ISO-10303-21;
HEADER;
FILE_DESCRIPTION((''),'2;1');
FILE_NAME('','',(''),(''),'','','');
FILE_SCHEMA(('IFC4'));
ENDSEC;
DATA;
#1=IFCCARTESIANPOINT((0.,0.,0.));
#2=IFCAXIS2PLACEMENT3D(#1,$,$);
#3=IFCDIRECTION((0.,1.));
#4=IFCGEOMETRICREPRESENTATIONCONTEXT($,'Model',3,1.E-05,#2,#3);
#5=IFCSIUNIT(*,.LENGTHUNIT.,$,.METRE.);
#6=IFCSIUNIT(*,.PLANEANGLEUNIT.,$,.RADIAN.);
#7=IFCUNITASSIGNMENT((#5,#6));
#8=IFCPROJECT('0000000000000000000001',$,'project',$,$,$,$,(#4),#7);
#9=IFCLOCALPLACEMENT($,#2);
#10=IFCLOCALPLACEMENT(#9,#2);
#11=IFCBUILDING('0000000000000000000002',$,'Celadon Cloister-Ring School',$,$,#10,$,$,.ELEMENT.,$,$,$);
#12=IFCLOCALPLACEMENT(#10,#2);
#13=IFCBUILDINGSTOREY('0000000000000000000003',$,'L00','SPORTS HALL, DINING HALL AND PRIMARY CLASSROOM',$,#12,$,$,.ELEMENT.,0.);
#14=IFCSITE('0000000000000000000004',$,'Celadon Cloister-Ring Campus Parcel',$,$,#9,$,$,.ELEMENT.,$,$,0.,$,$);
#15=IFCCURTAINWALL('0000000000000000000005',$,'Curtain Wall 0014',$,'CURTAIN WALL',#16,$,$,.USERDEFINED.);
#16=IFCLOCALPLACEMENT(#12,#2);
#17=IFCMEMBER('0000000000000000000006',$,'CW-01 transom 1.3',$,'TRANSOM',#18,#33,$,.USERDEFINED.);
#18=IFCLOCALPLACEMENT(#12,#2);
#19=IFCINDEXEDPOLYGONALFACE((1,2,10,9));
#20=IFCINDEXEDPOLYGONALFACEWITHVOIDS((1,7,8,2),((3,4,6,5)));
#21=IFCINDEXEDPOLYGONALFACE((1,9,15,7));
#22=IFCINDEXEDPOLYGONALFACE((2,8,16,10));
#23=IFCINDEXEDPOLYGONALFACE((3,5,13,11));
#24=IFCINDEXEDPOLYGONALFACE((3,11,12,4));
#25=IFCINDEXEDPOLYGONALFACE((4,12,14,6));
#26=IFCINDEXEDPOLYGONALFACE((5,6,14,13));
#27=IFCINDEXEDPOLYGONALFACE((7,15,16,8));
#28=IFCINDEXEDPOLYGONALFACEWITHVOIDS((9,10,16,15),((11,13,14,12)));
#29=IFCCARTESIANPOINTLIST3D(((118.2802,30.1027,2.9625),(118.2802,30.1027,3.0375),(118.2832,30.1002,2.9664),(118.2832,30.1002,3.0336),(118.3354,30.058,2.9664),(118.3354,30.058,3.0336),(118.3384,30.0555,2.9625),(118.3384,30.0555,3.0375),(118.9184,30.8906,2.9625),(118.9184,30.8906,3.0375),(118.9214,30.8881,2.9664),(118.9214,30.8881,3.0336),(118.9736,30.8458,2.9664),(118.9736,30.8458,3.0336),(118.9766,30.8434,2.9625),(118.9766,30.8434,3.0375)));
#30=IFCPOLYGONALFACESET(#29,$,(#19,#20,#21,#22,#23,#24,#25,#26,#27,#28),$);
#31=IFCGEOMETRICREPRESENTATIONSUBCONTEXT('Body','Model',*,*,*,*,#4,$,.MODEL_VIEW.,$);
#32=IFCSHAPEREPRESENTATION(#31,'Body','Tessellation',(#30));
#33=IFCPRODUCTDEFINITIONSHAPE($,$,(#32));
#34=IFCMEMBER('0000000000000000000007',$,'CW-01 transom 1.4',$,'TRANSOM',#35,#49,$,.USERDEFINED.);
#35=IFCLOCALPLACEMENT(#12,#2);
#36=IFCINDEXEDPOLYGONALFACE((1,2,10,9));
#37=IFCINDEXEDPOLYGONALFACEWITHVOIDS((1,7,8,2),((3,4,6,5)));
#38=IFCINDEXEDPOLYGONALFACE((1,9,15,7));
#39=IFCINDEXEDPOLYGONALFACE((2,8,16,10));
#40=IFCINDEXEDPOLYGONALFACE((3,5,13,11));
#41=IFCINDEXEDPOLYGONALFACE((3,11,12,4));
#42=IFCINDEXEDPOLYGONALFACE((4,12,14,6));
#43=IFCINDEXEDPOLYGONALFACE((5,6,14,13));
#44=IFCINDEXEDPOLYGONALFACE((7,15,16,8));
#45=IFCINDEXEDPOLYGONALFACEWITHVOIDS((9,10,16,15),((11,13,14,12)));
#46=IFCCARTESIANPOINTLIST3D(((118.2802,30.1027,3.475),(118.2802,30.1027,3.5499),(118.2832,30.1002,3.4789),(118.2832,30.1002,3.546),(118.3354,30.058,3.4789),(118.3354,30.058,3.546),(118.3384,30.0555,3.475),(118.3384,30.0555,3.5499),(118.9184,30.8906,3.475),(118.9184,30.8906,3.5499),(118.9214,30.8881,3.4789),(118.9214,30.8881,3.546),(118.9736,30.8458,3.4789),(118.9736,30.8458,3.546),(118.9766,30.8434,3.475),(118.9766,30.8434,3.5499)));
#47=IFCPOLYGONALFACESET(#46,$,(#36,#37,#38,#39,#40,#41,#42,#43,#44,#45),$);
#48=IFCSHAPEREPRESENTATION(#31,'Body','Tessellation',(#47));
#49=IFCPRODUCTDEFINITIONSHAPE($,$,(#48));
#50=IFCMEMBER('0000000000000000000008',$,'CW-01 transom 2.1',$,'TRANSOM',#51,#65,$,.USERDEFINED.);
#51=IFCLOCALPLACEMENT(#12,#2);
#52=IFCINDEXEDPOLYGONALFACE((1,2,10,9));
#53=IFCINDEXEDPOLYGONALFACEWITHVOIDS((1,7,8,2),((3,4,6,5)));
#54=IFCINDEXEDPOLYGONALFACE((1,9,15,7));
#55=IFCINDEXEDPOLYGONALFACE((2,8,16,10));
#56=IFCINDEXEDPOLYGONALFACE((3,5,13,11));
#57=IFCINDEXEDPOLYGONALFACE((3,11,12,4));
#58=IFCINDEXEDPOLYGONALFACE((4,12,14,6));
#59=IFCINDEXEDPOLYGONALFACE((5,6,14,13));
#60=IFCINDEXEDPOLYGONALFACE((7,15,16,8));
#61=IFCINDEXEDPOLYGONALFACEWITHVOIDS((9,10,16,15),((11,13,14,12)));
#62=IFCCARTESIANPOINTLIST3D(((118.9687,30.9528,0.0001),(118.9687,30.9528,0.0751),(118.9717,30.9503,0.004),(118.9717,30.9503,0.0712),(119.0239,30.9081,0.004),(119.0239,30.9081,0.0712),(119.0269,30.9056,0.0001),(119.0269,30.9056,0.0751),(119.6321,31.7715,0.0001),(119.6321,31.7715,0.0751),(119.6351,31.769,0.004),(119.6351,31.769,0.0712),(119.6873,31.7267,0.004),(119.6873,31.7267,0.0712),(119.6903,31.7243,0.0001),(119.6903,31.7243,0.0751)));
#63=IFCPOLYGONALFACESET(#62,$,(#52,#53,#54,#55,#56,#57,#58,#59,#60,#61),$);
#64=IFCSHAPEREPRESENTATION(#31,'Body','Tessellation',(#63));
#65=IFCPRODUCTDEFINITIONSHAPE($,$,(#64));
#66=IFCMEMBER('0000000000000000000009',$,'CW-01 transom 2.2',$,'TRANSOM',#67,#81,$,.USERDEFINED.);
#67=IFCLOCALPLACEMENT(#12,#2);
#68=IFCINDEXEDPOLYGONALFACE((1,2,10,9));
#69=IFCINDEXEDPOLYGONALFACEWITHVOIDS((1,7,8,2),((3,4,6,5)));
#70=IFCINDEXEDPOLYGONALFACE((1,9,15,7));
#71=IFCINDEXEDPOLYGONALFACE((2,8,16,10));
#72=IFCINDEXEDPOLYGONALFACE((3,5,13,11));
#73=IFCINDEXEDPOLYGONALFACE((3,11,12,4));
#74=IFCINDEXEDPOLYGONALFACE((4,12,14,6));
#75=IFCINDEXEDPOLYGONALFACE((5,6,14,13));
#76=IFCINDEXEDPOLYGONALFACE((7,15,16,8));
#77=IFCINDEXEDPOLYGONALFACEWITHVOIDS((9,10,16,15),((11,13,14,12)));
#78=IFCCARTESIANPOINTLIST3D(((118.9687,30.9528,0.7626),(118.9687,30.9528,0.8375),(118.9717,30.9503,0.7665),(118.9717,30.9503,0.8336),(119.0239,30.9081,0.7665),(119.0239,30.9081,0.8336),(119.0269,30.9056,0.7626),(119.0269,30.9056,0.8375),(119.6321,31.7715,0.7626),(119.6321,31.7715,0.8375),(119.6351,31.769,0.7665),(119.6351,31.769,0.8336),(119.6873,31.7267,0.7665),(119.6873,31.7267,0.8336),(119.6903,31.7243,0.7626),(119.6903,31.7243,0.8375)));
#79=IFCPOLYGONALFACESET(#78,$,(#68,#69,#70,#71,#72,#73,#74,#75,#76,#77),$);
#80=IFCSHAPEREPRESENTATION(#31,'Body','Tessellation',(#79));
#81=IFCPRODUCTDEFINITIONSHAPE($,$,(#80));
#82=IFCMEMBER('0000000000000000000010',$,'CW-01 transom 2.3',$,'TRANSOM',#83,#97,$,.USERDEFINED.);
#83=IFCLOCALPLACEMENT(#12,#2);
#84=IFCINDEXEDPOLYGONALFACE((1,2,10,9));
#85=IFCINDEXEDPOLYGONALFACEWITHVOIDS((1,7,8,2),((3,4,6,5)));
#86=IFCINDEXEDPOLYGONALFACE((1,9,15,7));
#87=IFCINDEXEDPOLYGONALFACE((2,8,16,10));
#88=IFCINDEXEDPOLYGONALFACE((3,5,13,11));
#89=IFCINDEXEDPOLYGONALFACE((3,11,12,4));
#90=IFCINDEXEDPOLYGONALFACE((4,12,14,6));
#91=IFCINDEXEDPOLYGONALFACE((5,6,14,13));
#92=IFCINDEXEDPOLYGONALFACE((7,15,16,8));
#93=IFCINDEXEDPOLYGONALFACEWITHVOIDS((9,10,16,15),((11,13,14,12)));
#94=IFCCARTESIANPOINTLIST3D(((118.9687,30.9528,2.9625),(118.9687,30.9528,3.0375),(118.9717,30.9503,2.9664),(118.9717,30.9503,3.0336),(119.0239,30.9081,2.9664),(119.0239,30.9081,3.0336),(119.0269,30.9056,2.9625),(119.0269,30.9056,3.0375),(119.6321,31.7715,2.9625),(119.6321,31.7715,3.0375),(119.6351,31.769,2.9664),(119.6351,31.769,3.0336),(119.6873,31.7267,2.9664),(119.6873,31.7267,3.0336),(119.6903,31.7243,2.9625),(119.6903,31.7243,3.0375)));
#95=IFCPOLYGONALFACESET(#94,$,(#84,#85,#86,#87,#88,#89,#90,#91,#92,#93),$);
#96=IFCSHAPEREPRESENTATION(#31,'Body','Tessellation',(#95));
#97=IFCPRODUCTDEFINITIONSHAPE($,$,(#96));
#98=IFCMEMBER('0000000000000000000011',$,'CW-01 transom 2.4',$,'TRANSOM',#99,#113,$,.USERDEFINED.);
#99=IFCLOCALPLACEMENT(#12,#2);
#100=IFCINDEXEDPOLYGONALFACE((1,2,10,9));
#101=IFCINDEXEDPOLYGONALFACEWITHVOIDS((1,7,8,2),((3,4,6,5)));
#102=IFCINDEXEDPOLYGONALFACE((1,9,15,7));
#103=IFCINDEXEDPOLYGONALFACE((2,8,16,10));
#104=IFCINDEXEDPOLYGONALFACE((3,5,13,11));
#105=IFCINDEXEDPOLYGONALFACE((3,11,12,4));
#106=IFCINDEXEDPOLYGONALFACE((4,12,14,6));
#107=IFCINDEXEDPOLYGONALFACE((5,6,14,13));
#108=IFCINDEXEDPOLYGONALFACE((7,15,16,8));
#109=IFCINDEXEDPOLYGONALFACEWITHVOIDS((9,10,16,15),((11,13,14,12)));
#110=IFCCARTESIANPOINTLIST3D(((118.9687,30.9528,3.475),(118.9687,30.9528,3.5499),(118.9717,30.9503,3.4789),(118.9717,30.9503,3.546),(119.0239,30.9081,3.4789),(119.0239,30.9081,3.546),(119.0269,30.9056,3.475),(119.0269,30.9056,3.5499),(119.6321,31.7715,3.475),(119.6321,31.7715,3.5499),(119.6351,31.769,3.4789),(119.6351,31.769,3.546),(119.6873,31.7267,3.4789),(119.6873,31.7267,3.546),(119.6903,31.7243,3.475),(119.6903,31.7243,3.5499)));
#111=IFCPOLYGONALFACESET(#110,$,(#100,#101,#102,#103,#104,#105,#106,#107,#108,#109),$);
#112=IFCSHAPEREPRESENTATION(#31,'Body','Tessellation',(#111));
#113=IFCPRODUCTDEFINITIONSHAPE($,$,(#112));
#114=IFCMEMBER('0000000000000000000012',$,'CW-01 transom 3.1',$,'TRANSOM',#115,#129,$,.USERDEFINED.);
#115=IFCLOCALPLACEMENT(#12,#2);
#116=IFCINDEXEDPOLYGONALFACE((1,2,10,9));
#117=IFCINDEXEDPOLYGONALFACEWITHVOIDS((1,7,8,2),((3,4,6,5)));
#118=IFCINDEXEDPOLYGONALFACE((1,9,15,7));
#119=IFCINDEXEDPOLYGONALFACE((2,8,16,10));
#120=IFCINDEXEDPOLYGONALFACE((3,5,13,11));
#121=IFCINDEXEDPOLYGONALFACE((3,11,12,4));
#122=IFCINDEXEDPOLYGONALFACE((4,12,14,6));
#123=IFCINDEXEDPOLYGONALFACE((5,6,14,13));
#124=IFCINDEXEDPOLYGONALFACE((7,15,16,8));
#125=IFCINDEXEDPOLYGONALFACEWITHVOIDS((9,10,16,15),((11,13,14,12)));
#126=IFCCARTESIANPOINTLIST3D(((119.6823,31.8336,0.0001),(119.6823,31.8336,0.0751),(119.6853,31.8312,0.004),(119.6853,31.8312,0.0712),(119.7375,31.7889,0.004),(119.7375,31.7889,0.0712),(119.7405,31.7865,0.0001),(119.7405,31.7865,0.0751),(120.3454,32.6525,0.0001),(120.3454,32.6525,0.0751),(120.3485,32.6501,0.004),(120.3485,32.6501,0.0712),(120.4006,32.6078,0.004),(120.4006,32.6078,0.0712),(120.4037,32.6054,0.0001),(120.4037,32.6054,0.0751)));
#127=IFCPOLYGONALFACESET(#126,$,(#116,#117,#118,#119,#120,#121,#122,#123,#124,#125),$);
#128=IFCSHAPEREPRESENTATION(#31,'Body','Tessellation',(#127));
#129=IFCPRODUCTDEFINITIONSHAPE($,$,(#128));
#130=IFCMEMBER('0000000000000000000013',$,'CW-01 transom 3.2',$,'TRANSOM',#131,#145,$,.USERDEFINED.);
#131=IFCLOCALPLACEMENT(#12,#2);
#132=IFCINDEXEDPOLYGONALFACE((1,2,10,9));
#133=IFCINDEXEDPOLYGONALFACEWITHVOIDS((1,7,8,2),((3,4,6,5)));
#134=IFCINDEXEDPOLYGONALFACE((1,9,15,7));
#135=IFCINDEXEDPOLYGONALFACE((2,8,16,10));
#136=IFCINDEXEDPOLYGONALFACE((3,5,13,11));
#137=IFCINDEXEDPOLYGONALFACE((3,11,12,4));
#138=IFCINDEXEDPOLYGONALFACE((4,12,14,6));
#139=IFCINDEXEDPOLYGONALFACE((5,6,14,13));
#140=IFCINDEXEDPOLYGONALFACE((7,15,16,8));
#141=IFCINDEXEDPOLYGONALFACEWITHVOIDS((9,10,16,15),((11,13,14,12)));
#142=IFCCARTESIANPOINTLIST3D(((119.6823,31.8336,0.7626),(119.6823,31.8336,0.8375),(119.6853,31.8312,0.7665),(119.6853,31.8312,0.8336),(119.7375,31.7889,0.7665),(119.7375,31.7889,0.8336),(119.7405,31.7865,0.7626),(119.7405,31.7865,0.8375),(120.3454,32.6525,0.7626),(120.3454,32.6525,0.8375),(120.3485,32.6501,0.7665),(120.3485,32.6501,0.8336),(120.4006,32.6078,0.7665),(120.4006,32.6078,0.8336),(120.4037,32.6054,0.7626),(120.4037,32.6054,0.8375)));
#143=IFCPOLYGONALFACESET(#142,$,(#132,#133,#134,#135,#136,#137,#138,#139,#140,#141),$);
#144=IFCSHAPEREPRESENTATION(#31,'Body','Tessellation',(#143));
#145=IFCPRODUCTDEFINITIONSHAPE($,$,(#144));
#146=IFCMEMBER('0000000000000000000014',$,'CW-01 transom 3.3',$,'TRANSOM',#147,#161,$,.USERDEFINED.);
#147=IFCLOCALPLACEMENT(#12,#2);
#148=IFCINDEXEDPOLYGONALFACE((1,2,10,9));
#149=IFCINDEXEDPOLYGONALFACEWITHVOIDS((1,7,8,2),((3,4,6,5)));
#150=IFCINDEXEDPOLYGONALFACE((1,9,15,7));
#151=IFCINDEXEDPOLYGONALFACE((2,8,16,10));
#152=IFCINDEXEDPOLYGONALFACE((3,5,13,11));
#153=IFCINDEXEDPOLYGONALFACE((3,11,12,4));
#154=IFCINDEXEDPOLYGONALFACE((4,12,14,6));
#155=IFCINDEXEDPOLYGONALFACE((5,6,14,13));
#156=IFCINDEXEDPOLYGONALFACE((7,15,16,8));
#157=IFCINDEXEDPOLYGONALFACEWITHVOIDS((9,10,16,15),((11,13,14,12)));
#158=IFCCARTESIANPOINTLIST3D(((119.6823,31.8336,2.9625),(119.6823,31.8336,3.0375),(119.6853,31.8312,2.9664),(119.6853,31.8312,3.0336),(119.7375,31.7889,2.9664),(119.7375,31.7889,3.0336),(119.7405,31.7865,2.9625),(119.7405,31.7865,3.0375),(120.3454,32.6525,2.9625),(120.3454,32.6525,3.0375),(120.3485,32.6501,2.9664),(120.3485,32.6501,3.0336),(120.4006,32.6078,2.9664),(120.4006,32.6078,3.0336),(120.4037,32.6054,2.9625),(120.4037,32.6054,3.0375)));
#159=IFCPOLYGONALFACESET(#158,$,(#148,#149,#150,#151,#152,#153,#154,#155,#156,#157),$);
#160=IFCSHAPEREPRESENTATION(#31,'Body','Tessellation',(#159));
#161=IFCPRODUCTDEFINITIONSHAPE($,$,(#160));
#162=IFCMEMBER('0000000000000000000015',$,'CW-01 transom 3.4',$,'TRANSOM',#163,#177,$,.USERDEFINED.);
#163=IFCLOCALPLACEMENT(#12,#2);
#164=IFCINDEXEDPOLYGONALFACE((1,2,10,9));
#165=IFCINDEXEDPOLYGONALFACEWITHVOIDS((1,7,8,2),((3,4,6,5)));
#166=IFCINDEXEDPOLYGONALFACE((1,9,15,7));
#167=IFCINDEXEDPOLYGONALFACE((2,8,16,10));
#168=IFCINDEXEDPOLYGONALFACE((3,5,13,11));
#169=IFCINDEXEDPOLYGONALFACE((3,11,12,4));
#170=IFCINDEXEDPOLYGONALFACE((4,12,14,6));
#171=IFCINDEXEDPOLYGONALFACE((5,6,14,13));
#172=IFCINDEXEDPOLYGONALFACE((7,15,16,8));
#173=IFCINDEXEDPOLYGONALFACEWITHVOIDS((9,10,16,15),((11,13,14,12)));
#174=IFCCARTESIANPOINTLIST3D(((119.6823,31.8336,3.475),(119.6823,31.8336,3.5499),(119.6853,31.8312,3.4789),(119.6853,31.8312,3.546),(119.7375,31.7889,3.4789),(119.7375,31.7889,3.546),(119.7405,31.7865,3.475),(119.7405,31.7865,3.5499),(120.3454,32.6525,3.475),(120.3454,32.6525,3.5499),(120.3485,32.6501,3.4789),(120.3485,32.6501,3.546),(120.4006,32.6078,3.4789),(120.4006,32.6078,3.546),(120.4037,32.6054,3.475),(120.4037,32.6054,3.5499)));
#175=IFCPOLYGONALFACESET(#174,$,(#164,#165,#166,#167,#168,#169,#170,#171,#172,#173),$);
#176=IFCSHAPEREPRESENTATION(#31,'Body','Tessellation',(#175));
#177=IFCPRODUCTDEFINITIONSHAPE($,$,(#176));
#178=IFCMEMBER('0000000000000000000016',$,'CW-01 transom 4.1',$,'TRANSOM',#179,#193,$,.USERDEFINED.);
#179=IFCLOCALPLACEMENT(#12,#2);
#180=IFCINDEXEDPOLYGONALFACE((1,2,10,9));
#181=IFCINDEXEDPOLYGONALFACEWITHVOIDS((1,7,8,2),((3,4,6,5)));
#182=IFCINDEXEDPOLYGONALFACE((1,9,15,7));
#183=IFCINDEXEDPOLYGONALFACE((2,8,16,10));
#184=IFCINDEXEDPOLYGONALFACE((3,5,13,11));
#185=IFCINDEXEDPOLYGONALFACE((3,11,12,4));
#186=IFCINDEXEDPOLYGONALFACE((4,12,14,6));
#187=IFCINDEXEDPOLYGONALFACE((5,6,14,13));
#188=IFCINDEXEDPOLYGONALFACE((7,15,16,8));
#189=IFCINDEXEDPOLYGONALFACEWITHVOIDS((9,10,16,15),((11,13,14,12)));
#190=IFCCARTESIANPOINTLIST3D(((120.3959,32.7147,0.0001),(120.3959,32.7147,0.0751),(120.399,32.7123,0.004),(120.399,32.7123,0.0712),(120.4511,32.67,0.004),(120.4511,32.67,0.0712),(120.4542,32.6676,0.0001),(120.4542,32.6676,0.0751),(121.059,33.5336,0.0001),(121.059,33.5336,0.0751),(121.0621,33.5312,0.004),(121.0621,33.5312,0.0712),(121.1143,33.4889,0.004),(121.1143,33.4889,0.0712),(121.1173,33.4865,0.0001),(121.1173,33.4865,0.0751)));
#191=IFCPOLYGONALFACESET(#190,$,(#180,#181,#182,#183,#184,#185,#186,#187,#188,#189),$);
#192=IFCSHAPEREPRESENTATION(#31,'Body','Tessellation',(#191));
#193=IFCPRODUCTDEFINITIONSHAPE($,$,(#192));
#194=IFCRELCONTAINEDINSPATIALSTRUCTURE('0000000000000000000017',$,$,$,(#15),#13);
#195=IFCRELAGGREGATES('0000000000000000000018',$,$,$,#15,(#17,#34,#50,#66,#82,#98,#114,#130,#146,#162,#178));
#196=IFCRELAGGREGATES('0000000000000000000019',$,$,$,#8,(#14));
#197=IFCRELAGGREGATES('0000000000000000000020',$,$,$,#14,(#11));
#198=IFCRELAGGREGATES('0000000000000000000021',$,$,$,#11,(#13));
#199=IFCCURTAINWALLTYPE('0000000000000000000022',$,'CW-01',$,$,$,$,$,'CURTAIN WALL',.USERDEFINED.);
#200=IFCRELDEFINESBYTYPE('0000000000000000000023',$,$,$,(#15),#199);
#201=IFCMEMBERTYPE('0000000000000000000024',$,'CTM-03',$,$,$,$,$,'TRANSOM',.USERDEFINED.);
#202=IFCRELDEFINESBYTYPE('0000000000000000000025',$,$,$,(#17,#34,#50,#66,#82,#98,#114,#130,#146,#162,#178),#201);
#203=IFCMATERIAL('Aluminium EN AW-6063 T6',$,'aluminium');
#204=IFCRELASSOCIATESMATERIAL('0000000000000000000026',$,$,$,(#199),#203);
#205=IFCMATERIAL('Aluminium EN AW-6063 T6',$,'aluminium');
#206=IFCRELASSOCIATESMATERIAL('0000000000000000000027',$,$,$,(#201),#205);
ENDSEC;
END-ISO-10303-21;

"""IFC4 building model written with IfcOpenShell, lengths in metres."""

from ifc_helpers import new_model, si_unit, direction, frame, origin, origin_2d, place, context, subcontext, project, spatial, hollow_rectangle, extrude, material, material_profile, profile_set, type_object, element, aggregate, save


model = new_model("IFC4")

# Units and contexts
model_context = context("Model", 3, precision=1e-05, world=origin(), true_north=direction((0.0, 1.0)))
body_context = subcontext(model_context, "Body", "Model", "MODEL_VIEW")
ifc_project = project(units=[si_unit("LENGTHUNIT", "METRE"), si_unit("PLANEANGLEUNIT", "RADIAN")], contexts=[model_context])

# Site, building, storey
site_placement = place(None, origin())
site = spatial("IfcSite", under=ifc_project, at=site_placement, Name="Celadon Cloister-Ring Campus Parcel", CompositionType="ELEMENT", RefElevation=0.0)
building_placement = place(site_placement, origin())
building = spatial("IfcBuilding", under=site, at=building_placement, Name="Celadon Cloister-Ring School", CompositionType="ELEMENT")
storey_placement = place(building_placement, origin())
storey = spatial("IfcBuildingStorey", under=building, at=storey_placement, Name="L00", Description="SPORTS HALL, DINING HALL AND PRIMARY CLASSROOM", CompositionType="ELEMENT", Elevation=0.0)

# Curtain wall, members
ifc_material_1 = material(Name="Aluminium EN AW-6063 T6", Category="aluminium")
curtain_wall_type = type_object("IfcCurtainWallType", Name="CW-01", ElementType="CURTAIN WALL", PredefinedType="USERDEFINED", material=ifc_material_1)
curtain_wall_placement = place(storey_placement, origin())
curtain_wall = element("IfcCurtainWall", 1, at=curtain_wall_placement, inside=storey, type_object=curtain_wall_type, Name="Curtain Wall 0014", ObjectType="CURTAIN WALL", PredefinedType="USERDEFINED")
ifc_material_2 = material(Name="Aluminium EN AW-6063 T6", Category="aluminium")
ifc_material_profile_1 = material_profile(ifc_material_2, hollow_rectangle(XDim=0.075, YDim=0.075, WallThickness=0.0039, at=origin_2d()), Name="RHS75X75X4")
ifc_profile_set_1 = profile_set([ifc_material_profile_1], Name="Aluminium EN AW-6063 T6")
member_type_1 = type_object("IfcMemberType", Name="CTM-03", ElementType="TRANSOM", PredefinedType="USERDEFINED", material=ifc_profile_set_1)
member_1_placement = place(storey_placement, frame((118.3093, 30.0791, 3.0), z_axis=(0.629441, 0.777049, 0.0), x_axis=(-0.777049, 0.629441, 0.0)))
member_1 = element("IfcMember", 2, at=member_1_placement, type_object=member_type_1, Name="CW-01 transom 1.3", ObjectType="TRANSOM", PredefinedType="USERDEFINED", context=body_context, shape_type="SweptSolid", body=[
    extrude(hollow_rectangle(XDim=0.075, YDim=0.075, WallThickness=0.0039, at=origin_2d()), origin(), (0.0, 0.0, 1.0), 1.0139),
])
member_2_placement = place(storey_placement, frame((118.3093, 30.0791, 3.5125), z_axis=(0.629441, 0.777049, 0.0), x_axis=(-0.777049, 0.629441, 0.0)))
member_2 = element("IfcMember", 3, at=member_2_placement, type_object=member_type_1, Name="CW-01 transom 1.4", ObjectType="TRANSOM", PredefinedType="USERDEFINED", context=body_context, shape_type="SweptSolid", body=[
    extrude(hollow_rectangle(XDim=0.075, YDim=0.075, WallThickness=0.0039, at=origin_2d()), origin(), (0.0, 0.0, 1.0), 1.0139),
])
member_3_placement = place(storey_placement, frame((118.9978, 30.9292, 0.0376), z_axis=(0.629571, 0.776943, 0.0), x_axis=(-0.776943, 0.629571, 0.0)))
member_3 = element("IfcMember", 4, at=member_3_placement, type_object=member_type_1, Name="CW-01 transom 2.1", ObjectType="TRANSOM", PredefinedType="USERDEFINED", context=body_context, shape_type="SweptSolid", body=[
    extrude(hollow_rectangle(XDim=0.075, YDim=0.075, WallThickness=0.0039, at=origin_2d()), origin(), (0.0, 0.0, 1.0), 1.0537),
])
member_4_placement = place(storey_placement, frame((118.9978, 30.9292, 0.8), z_axis=(0.629571, 0.776943, 0.0), x_axis=(-0.776943, 0.629571, 0.0)))
member_4 = element("IfcMember", 5, at=member_4_placement, type_object=member_type_1, Name="CW-01 transom 2.2", ObjectType="TRANSOM", PredefinedType="USERDEFINED", context=body_context, shape_type="SweptSolid", body=[
    extrude(hollow_rectangle(XDim=0.075, YDim=0.075, WallThickness=0.0039, at=origin_2d()), origin(), (0.0, 0.0, 1.0), 1.0537),
])
member_5_placement = place(storey_placement, frame((118.9978, 30.9292, 3.0), z_axis=(0.629571, 0.776943, 0.0), x_axis=(-0.776943, 0.629571, 0.0)))
member_5 = element("IfcMember", 6, at=member_5_placement, type_object=member_type_1, Name="CW-01 transom 2.3", ObjectType="TRANSOM", PredefinedType="USERDEFINED", context=body_context, shape_type="SweptSolid", body=[
    extrude(hollow_rectangle(XDim=0.075, YDim=0.075, WallThickness=0.0039, at=origin_2d()), origin(), (0.0, 0.0, 1.0), 1.0537),
])
member_6_placement = place(storey_placement, frame((118.9978, 30.9292, 3.5125), z_axis=(0.629571, 0.776943, 0.0), x_axis=(-0.776943, 0.629571, 0.0)))
member_6 = element("IfcMember", 7, at=member_6_placement, type_object=member_type_1, Name="CW-01 transom 2.4", ObjectType="TRANSOM", PredefinedType="USERDEFINED", context=body_context, shape_type="SweptSolid", body=[
    extrude(hollow_rectangle(XDim=0.075, YDim=0.075, WallThickness=0.0039, at=origin_2d()), origin(), (0.0, 0.0, 1.0), 1.0537),
])
member_7_placement = place(storey_placement, frame((119.7114, 31.8101, 0.0376), z_axis=(0.629318, 0.777148, 0.0), x_axis=(-0.777148, 0.629318, 0.0)))
member_7 = element("IfcMember", 8, at=member_7_placement, type_object=member_type_1, Name="CW-01 transom 3.1", ObjectType="TRANSOM", PredefinedType="USERDEFINED", context=body_context, shape_type="SweptSolid", body=[
    extrude(hollow_rectangle(XDim=0.075, YDim=0.075, WallThickness=0.0039, at=origin_2d()), origin(), (0.0, 0.0, 1.0), 1.0537),
])
member_8_placement = place(storey_placement, frame((119.7114, 31.8101, 0.8), z_axis=(0.629318, 0.777148, 0.0), x_axis=(-0.777148, 0.629318, 0.0)))
member_8 = element("IfcMember", 9, at=member_8_placement, type_object=member_type_1, Name="CW-01 transom 3.2", ObjectType="TRANSOM", PredefinedType="USERDEFINED", context=body_context, shape_type="SweptSolid", body=[
    extrude(hollow_rectangle(XDim=0.075, YDim=0.075, WallThickness=0.0039, at=origin_2d()), origin(), (0.0, 0.0, 1.0), 1.0537),
])
member_9_placement = place(storey_placement, frame((119.7114, 31.8101, 3.0), z_axis=(0.629318, 0.777148, 0.0), x_axis=(-0.777148, 0.629318, 0.0)))
member_9 = element("IfcMember", 10, at=member_9_placement, type_object=member_type_1, Name="CW-01 transom 3.3", ObjectType="TRANSOM", PredefinedType="USERDEFINED", context=body_context, shape_type="SweptSolid", body=[
    extrude(hollow_rectangle(XDim=0.075, YDim=0.075, WallThickness=0.0039, at=origin_2d()), origin(), (0.0, 0.0, 1.0), 1.0537),
])
member_10_placement = place(storey_placement, frame((119.7114, 31.8101, 3.5125), z_axis=(0.629318, 0.777148, 0.0), x_axis=(-0.777148, 0.629318, 0.0)))
member_10 = element("IfcMember", 11, at=member_10_placement, type_object=member_type_1, Name="CW-01 transom 3.4", ObjectType="TRANSOM", PredefinedType="USERDEFINED", context=body_context, shape_type="SweptSolid", body=[
    extrude(hollow_rectangle(XDim=0.075, YDim=0.075, WallThickness=0.0039, at=origin_2d()), origin(), (0.0, 0.0, 1.0), 1.0537),
])
member_11_placement = place(storey_placement, frame((120.425, 32.6912, 0.0376), z_axis=(0.629318, 0.777148, 0.0), x_axis=(-0.777148, 0.629318, 0.0)))
member_11 = element("IfcMember", 12, at=member_11_placement, type_object=member_type_1, Name="CW-01 transom 4.1", ObjectType="TRANSOM", PredefinedType="USERDEFINED", context=body_context, shape_type="SweptSolid", body=[
    extrude(hollow_rectangle(XDim=0.075, YDim=0.075, WallThickness=0.0039, at=origin_2d()), origin(), (0.0, 0.0, 1.0), 1.0537),
])
aggregate(curtain_wall, [member_1, member_2, member_3, member_4, member_5, member_6, member_7, member_8, member_9, member_10, member_11])

save(model, "model.ifc")
